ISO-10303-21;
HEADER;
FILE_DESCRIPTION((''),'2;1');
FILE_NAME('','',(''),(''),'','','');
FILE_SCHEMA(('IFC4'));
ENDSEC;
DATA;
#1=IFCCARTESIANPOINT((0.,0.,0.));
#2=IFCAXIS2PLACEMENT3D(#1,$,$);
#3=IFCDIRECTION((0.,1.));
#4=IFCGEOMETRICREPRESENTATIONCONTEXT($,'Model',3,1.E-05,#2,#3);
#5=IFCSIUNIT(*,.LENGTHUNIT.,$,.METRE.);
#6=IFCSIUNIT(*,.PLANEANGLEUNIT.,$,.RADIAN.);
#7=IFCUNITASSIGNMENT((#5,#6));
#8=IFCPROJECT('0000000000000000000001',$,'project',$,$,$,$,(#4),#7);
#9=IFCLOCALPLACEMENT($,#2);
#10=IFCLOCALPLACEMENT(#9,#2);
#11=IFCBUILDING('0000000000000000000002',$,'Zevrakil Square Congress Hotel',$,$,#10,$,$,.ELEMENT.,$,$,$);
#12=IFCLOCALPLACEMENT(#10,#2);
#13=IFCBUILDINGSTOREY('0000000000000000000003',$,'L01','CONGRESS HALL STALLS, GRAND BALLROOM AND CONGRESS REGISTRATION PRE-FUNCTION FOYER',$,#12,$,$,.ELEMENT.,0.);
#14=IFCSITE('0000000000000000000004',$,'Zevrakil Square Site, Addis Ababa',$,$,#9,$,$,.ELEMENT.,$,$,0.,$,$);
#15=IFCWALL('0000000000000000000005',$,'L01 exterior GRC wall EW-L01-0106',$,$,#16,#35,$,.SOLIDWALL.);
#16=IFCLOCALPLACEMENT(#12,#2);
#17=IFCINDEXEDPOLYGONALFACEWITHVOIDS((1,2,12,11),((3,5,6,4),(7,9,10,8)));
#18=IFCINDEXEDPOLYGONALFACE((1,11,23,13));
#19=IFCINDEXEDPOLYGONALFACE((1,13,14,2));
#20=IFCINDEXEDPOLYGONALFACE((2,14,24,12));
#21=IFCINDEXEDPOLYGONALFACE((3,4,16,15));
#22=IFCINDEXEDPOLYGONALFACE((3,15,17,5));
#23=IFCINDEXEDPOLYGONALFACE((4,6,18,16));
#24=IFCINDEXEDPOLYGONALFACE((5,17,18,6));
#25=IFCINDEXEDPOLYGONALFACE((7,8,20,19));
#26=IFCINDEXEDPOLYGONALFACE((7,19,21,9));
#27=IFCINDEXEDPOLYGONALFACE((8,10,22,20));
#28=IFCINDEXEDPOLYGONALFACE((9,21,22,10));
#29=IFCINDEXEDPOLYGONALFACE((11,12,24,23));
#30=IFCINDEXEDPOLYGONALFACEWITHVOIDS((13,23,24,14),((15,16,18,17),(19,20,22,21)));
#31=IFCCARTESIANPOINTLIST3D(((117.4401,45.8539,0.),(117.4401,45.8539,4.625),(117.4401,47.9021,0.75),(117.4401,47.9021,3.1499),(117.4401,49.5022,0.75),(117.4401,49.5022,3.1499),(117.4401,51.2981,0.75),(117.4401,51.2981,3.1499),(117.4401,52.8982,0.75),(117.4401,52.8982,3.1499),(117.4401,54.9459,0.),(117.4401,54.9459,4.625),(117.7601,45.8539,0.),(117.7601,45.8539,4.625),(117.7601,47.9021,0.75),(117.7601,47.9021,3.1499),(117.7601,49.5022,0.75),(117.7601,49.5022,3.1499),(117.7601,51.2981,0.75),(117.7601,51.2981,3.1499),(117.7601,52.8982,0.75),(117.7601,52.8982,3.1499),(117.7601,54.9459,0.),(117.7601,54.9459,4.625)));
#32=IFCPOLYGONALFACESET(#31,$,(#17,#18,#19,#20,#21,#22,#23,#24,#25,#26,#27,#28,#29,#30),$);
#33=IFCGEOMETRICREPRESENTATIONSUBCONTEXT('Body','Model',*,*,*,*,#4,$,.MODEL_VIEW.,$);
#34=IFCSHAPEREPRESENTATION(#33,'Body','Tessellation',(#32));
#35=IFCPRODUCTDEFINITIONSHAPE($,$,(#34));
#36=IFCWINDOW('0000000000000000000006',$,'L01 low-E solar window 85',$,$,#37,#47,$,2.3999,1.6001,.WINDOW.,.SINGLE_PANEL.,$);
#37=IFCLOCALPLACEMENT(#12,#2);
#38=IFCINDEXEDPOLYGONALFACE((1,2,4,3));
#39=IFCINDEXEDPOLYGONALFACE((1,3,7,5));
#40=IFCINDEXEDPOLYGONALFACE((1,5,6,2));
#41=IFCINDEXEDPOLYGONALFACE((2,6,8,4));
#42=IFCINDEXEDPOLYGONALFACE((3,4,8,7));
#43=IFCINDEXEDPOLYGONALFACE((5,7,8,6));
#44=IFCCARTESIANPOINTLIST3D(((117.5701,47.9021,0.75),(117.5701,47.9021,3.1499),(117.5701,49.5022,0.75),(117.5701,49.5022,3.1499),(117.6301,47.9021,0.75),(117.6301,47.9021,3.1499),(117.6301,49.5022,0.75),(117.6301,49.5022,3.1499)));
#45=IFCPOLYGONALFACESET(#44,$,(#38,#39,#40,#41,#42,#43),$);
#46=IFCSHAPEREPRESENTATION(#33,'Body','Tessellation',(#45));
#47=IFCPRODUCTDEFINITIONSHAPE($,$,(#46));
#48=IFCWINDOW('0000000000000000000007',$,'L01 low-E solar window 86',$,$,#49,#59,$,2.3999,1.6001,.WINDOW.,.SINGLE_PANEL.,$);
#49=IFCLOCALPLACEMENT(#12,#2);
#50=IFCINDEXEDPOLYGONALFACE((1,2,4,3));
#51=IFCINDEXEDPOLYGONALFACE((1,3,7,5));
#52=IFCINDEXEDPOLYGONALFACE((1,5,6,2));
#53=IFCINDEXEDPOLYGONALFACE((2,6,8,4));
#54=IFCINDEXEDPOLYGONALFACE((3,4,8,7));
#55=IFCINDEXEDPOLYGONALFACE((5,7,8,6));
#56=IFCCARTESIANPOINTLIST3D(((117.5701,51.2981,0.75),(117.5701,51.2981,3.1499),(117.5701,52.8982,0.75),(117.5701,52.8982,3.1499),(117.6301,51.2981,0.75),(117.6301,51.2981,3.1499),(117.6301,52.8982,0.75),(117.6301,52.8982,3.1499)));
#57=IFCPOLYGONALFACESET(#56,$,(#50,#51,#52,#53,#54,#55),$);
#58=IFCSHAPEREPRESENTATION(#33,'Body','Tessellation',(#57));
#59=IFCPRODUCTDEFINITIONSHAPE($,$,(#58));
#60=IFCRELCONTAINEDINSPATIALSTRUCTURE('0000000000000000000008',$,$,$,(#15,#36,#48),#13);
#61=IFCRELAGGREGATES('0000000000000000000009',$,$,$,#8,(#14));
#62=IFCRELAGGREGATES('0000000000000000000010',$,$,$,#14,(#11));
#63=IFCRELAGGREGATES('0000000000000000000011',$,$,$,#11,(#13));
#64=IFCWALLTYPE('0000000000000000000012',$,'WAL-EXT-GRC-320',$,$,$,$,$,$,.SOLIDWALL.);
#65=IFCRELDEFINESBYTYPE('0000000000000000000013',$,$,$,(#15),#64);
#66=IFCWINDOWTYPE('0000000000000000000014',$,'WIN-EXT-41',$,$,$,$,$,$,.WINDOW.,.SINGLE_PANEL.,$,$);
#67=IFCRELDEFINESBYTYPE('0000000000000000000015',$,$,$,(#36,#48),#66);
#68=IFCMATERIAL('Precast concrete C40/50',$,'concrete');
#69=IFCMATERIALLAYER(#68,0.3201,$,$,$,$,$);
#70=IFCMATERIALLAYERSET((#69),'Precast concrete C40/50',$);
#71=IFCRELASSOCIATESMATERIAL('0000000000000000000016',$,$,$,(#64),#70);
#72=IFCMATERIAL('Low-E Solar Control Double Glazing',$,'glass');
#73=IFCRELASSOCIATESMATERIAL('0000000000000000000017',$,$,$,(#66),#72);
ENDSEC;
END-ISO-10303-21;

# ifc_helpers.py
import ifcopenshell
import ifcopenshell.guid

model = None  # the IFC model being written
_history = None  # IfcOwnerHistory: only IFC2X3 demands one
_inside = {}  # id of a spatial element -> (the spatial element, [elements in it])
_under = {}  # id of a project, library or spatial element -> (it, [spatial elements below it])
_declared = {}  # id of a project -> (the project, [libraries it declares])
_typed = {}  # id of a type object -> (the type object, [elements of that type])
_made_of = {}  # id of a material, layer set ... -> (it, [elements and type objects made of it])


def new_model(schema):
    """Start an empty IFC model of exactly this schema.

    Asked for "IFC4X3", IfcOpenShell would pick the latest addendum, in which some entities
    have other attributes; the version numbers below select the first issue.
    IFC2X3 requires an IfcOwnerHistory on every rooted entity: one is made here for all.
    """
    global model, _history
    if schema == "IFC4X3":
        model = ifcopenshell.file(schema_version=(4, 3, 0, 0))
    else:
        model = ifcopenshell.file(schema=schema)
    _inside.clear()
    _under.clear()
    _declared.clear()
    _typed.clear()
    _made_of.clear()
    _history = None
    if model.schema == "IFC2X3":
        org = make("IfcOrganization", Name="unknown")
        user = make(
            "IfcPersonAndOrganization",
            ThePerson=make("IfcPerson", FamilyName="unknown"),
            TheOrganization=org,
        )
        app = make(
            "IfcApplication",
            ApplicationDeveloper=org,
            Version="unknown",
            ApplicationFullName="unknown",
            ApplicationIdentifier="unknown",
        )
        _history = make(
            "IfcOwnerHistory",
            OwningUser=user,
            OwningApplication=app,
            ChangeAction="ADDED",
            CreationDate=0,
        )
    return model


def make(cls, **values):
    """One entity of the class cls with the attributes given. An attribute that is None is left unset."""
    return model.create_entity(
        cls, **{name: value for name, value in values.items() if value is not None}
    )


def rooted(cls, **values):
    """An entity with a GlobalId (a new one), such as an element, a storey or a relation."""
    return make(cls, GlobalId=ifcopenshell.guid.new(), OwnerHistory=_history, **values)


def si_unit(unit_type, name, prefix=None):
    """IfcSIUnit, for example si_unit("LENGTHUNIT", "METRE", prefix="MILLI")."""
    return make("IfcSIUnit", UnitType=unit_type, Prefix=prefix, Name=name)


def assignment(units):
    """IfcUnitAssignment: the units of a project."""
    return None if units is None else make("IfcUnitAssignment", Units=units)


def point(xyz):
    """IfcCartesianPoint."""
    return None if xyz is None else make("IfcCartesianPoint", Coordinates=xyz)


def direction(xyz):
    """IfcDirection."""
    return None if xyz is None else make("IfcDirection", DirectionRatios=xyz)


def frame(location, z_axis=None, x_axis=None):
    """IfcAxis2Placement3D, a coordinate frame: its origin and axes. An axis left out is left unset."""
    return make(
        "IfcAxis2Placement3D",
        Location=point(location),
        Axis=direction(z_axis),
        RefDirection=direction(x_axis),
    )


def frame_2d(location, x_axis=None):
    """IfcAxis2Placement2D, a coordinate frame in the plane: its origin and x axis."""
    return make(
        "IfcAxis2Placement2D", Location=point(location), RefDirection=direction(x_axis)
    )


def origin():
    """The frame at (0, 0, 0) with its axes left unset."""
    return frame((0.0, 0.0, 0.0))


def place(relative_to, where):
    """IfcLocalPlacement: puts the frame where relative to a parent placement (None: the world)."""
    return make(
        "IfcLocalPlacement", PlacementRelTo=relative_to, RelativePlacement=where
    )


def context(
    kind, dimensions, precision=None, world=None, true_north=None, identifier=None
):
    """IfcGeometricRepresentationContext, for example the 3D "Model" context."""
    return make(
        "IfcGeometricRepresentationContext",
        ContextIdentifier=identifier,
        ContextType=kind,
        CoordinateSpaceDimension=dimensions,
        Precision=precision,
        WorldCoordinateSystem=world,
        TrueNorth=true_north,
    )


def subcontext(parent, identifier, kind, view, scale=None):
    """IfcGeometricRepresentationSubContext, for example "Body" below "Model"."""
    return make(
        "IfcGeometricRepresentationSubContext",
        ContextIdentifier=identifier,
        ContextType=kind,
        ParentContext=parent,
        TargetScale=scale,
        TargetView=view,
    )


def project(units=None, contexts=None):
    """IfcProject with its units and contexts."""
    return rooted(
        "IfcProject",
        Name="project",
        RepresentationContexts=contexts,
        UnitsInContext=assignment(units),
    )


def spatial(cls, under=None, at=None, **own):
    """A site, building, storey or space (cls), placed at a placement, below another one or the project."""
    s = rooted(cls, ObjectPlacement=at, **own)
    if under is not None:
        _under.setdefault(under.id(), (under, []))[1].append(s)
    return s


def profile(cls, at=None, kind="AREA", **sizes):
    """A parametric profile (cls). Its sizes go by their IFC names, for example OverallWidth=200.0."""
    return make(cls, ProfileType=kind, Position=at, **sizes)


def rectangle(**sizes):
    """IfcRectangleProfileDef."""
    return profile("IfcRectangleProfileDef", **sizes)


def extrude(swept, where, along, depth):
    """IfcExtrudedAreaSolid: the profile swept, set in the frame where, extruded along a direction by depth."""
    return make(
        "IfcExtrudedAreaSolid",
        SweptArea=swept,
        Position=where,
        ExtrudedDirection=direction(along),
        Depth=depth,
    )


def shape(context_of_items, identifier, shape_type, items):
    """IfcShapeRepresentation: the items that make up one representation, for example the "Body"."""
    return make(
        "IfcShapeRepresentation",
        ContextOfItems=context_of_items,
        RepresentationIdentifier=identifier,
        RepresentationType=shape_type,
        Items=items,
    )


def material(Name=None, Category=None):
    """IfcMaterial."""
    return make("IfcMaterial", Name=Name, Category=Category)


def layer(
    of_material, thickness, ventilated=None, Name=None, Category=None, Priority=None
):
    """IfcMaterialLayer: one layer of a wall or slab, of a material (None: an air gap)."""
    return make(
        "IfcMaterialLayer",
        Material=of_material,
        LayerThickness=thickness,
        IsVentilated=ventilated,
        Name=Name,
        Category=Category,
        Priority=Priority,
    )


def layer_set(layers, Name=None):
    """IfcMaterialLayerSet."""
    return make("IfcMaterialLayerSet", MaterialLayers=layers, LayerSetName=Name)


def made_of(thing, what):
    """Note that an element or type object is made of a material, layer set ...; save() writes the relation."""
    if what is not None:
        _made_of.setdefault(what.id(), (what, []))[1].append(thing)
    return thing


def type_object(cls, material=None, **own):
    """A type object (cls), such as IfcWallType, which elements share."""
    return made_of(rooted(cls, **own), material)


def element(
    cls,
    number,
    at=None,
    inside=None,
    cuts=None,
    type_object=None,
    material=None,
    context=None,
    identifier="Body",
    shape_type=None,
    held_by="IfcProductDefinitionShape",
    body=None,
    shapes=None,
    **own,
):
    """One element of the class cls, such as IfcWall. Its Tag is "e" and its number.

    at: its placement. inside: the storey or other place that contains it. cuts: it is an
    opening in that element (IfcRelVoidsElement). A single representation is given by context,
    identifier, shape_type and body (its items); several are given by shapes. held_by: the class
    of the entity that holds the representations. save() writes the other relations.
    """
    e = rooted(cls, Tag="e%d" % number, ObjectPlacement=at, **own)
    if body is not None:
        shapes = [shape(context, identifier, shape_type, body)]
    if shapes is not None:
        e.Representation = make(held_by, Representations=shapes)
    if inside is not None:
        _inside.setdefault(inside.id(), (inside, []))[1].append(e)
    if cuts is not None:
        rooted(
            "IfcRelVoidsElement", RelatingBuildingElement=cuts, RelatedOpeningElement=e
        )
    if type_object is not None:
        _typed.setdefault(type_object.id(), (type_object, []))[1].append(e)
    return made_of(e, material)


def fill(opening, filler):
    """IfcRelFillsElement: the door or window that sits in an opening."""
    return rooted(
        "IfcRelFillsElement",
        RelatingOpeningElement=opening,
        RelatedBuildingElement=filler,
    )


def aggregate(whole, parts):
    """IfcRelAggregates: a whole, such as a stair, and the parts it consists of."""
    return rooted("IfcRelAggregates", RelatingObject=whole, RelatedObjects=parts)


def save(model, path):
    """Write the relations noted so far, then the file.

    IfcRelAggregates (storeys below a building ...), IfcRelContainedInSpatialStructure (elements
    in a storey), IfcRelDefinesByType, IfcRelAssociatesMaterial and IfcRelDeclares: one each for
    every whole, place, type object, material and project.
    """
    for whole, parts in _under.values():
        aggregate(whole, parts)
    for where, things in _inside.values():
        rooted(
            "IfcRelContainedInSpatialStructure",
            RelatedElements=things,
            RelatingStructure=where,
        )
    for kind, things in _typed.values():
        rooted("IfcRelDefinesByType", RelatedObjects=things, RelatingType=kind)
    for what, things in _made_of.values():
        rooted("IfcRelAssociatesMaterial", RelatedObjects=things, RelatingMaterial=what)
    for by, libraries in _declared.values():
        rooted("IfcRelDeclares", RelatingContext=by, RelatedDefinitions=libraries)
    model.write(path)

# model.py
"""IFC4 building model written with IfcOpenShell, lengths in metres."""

from ifc_helpers import new_model, si_unit, direction, frame, frame_2d, origin, place, context, subcontext, project, spatial, rectangle, extrude, material, layer, layer_set, type_object, element, fill, save


model = new_model("IFC4")

# Units and contexts
model_context = context("Model", 3, precision=1e-05, world=origin(), true_north=direction((0.0, 1.0)))
body_context = subcontext(model_context, "Body", "Model", "MODEL_VIEW")
ifc_project = project(units=[si_unit("LENGTHUNIT", "METRE"), si_unit("PLANEANGLEUNIT", "RADIAN")], contexts=[model_context])

# Site, building, storey
site_placement = place(None, origin())
site = spatial("IfcSite", under=ifc_project, at=site_placement, Name="Zevrakil Square Site, Addis Ababa", CompositionType="ELEMENT", RefElevation=0.0)
building_placement = place(site_placement, origin())
building = spatial("IfcBuilding", under=site, at=building_placement, Name="Zevrakil Square Congress Hotel", CompositionType="ELEMENT")
storey_placement = place(building_placement, origin())
storey = spatial("IfcBuildingStorey", under=building, at=storey_placement, Name="L01", Description="CONGRESS HALL STALLS, GRAND BALLROOM AND CONGRESS REGISTRATION PRE-FUNCTION FOYER", CompositionType="ELEMENT", Elevation=0.0)

# Shared definitions
ifc_material_1 = material(Name="Precast concrete C40/50", Category="concrete")
ifc_layer_1 = layer(ifc_material_1, 0.3201)
ifc_layer_set_1 = layer_set([ifc_layer_1], Name="Precast concrete C40/50")
wall_type_1 = type_object("IfcWallType", Name="WAL-EXT-GRC-320", PredefinedType="SOLIDWALL", material=ifc_layer_set_1)

# Wall, openings, windows
wall_1_placement = place(storey_placement, frame((117.6001, 45.854, 0.0), z_axis=(0.0, 0.0, 1.0), x_axis=(0.0, 1.0, 0.0)))
wall_1 = element("IfcWall", 1, at=wall_1_placement, inside=storey, type_object=wall_type_1, Name="L01 exterior GRC wall EW-L01-0106", PredefinedType="SOLIDWALL", context=body_context, shape_type="SweptSolid", body=[
    extrude(rectangle(XDim=9.092, YDim=0.3201, at=frame_2d((4.5459, 0.0))), origin(), (0.0, 0.0, 1.0), 4.625),
])
opening_1_placement = place(wall_1_placement, frame((2.0481, 0.0, 0.75)))
opening_1 = element("IfcOpeningElement", 2, at=opening_1_placement, cuts=wall_1, PredefinedType="OPENING", context=body_context, shape_type="SweptSolid", body=[
    extrude(rectangle(XDim=1.6001, YDim=2.3999, at=frame_2d((0.8, 1.2))), frame((0.0, 0.1699, 0.0), z_axis=(0.0, -1.0, 0.0), x_axis=(1.0, 0.0, 0.0)), (0.0, 0.0, 1.0), 0.3401),
])
opening_2_placement = place(wall_1_placement, frame((5.4441, 0.0, 0.75)))
opening_2 = element("IfcOpeningElement", 3, at=opening_2_placement, cuts=wall_1, PredefinedType="OPENING", context=body_context, shape_type="SweptSolid", body=[
    extrude(rectangle(XDim=1.6001, YDim=2.3999, at=frame_2d((0.8, 1.2))), frame((0.0, 0.1699, 0.0), z_axis=(0.0, -1.0, 0.0), x_axis=(1.0, 0.0, 0.0)), (0.0, 0.0, 1.0), 0.3401),
])
ifc_material_2 = material(Name="Low-E Solar Control Double Glazing", Category="glass")
window_type_1 = type_object("IfcWindowType", Name="WIN-EXT-41", PartitioningType="SINGLE_PANEL", PredefinedType="WINDOW", material=ifc_material_2)
window_1_placement = place(opening_1_placement, origin())
window_1 = element("IfcWindow", 4, at=window_1_placement, inside=storey, type_object=window_type_1, Name="L01 low-E solar window 85", OverallHeight=2.3999, OverallWidth=1.6001, PartitioningType="SINGLE_PANEL", PredefinedType="WINDOW", context=body_context, shape_type="SweptSolid", body=[
    extrude(rectangle(XDim=1.6001, YDim=2.3999, at=frame_2d((0.8, 1.2))), frame((0.0, 0.03, 0.0), z_axis=(0.0, -1.0, 0.0), x_axis=(1.0, 0.0, 0.0)), (0.0, 0.0, 1.0), 0.0601),
])
fill(opening_1, window_1)
window_2_placement = place(opening_2_placement, origin())
window_2 = element("IfcWindow", 5, at=window_2_placement, inside=storey, type_object=window_type_1, Name="L01 low-E solar window 86", OverallHeight=2.3999, OverallWidth=1.6001, PartitioningType="SINGLE_PANEL", PredefinedType="WINDOW", context=body_context, shape_type="SweptSolid", body=[
    extrude(rectangle(XDim=1.6001, YDim=2.3999, at=frame_2d((0.8, 1.2))), frame((0.0, 0.03, 0.0), z_axis=(0.0, -1.0, 0.0), x_axis=(1.0, 0.0, 0.0)), (0.0, 0.0, 1.0), 0.0601),
])
fill(opening_2, window_2)

save(model, "model.ifc")
